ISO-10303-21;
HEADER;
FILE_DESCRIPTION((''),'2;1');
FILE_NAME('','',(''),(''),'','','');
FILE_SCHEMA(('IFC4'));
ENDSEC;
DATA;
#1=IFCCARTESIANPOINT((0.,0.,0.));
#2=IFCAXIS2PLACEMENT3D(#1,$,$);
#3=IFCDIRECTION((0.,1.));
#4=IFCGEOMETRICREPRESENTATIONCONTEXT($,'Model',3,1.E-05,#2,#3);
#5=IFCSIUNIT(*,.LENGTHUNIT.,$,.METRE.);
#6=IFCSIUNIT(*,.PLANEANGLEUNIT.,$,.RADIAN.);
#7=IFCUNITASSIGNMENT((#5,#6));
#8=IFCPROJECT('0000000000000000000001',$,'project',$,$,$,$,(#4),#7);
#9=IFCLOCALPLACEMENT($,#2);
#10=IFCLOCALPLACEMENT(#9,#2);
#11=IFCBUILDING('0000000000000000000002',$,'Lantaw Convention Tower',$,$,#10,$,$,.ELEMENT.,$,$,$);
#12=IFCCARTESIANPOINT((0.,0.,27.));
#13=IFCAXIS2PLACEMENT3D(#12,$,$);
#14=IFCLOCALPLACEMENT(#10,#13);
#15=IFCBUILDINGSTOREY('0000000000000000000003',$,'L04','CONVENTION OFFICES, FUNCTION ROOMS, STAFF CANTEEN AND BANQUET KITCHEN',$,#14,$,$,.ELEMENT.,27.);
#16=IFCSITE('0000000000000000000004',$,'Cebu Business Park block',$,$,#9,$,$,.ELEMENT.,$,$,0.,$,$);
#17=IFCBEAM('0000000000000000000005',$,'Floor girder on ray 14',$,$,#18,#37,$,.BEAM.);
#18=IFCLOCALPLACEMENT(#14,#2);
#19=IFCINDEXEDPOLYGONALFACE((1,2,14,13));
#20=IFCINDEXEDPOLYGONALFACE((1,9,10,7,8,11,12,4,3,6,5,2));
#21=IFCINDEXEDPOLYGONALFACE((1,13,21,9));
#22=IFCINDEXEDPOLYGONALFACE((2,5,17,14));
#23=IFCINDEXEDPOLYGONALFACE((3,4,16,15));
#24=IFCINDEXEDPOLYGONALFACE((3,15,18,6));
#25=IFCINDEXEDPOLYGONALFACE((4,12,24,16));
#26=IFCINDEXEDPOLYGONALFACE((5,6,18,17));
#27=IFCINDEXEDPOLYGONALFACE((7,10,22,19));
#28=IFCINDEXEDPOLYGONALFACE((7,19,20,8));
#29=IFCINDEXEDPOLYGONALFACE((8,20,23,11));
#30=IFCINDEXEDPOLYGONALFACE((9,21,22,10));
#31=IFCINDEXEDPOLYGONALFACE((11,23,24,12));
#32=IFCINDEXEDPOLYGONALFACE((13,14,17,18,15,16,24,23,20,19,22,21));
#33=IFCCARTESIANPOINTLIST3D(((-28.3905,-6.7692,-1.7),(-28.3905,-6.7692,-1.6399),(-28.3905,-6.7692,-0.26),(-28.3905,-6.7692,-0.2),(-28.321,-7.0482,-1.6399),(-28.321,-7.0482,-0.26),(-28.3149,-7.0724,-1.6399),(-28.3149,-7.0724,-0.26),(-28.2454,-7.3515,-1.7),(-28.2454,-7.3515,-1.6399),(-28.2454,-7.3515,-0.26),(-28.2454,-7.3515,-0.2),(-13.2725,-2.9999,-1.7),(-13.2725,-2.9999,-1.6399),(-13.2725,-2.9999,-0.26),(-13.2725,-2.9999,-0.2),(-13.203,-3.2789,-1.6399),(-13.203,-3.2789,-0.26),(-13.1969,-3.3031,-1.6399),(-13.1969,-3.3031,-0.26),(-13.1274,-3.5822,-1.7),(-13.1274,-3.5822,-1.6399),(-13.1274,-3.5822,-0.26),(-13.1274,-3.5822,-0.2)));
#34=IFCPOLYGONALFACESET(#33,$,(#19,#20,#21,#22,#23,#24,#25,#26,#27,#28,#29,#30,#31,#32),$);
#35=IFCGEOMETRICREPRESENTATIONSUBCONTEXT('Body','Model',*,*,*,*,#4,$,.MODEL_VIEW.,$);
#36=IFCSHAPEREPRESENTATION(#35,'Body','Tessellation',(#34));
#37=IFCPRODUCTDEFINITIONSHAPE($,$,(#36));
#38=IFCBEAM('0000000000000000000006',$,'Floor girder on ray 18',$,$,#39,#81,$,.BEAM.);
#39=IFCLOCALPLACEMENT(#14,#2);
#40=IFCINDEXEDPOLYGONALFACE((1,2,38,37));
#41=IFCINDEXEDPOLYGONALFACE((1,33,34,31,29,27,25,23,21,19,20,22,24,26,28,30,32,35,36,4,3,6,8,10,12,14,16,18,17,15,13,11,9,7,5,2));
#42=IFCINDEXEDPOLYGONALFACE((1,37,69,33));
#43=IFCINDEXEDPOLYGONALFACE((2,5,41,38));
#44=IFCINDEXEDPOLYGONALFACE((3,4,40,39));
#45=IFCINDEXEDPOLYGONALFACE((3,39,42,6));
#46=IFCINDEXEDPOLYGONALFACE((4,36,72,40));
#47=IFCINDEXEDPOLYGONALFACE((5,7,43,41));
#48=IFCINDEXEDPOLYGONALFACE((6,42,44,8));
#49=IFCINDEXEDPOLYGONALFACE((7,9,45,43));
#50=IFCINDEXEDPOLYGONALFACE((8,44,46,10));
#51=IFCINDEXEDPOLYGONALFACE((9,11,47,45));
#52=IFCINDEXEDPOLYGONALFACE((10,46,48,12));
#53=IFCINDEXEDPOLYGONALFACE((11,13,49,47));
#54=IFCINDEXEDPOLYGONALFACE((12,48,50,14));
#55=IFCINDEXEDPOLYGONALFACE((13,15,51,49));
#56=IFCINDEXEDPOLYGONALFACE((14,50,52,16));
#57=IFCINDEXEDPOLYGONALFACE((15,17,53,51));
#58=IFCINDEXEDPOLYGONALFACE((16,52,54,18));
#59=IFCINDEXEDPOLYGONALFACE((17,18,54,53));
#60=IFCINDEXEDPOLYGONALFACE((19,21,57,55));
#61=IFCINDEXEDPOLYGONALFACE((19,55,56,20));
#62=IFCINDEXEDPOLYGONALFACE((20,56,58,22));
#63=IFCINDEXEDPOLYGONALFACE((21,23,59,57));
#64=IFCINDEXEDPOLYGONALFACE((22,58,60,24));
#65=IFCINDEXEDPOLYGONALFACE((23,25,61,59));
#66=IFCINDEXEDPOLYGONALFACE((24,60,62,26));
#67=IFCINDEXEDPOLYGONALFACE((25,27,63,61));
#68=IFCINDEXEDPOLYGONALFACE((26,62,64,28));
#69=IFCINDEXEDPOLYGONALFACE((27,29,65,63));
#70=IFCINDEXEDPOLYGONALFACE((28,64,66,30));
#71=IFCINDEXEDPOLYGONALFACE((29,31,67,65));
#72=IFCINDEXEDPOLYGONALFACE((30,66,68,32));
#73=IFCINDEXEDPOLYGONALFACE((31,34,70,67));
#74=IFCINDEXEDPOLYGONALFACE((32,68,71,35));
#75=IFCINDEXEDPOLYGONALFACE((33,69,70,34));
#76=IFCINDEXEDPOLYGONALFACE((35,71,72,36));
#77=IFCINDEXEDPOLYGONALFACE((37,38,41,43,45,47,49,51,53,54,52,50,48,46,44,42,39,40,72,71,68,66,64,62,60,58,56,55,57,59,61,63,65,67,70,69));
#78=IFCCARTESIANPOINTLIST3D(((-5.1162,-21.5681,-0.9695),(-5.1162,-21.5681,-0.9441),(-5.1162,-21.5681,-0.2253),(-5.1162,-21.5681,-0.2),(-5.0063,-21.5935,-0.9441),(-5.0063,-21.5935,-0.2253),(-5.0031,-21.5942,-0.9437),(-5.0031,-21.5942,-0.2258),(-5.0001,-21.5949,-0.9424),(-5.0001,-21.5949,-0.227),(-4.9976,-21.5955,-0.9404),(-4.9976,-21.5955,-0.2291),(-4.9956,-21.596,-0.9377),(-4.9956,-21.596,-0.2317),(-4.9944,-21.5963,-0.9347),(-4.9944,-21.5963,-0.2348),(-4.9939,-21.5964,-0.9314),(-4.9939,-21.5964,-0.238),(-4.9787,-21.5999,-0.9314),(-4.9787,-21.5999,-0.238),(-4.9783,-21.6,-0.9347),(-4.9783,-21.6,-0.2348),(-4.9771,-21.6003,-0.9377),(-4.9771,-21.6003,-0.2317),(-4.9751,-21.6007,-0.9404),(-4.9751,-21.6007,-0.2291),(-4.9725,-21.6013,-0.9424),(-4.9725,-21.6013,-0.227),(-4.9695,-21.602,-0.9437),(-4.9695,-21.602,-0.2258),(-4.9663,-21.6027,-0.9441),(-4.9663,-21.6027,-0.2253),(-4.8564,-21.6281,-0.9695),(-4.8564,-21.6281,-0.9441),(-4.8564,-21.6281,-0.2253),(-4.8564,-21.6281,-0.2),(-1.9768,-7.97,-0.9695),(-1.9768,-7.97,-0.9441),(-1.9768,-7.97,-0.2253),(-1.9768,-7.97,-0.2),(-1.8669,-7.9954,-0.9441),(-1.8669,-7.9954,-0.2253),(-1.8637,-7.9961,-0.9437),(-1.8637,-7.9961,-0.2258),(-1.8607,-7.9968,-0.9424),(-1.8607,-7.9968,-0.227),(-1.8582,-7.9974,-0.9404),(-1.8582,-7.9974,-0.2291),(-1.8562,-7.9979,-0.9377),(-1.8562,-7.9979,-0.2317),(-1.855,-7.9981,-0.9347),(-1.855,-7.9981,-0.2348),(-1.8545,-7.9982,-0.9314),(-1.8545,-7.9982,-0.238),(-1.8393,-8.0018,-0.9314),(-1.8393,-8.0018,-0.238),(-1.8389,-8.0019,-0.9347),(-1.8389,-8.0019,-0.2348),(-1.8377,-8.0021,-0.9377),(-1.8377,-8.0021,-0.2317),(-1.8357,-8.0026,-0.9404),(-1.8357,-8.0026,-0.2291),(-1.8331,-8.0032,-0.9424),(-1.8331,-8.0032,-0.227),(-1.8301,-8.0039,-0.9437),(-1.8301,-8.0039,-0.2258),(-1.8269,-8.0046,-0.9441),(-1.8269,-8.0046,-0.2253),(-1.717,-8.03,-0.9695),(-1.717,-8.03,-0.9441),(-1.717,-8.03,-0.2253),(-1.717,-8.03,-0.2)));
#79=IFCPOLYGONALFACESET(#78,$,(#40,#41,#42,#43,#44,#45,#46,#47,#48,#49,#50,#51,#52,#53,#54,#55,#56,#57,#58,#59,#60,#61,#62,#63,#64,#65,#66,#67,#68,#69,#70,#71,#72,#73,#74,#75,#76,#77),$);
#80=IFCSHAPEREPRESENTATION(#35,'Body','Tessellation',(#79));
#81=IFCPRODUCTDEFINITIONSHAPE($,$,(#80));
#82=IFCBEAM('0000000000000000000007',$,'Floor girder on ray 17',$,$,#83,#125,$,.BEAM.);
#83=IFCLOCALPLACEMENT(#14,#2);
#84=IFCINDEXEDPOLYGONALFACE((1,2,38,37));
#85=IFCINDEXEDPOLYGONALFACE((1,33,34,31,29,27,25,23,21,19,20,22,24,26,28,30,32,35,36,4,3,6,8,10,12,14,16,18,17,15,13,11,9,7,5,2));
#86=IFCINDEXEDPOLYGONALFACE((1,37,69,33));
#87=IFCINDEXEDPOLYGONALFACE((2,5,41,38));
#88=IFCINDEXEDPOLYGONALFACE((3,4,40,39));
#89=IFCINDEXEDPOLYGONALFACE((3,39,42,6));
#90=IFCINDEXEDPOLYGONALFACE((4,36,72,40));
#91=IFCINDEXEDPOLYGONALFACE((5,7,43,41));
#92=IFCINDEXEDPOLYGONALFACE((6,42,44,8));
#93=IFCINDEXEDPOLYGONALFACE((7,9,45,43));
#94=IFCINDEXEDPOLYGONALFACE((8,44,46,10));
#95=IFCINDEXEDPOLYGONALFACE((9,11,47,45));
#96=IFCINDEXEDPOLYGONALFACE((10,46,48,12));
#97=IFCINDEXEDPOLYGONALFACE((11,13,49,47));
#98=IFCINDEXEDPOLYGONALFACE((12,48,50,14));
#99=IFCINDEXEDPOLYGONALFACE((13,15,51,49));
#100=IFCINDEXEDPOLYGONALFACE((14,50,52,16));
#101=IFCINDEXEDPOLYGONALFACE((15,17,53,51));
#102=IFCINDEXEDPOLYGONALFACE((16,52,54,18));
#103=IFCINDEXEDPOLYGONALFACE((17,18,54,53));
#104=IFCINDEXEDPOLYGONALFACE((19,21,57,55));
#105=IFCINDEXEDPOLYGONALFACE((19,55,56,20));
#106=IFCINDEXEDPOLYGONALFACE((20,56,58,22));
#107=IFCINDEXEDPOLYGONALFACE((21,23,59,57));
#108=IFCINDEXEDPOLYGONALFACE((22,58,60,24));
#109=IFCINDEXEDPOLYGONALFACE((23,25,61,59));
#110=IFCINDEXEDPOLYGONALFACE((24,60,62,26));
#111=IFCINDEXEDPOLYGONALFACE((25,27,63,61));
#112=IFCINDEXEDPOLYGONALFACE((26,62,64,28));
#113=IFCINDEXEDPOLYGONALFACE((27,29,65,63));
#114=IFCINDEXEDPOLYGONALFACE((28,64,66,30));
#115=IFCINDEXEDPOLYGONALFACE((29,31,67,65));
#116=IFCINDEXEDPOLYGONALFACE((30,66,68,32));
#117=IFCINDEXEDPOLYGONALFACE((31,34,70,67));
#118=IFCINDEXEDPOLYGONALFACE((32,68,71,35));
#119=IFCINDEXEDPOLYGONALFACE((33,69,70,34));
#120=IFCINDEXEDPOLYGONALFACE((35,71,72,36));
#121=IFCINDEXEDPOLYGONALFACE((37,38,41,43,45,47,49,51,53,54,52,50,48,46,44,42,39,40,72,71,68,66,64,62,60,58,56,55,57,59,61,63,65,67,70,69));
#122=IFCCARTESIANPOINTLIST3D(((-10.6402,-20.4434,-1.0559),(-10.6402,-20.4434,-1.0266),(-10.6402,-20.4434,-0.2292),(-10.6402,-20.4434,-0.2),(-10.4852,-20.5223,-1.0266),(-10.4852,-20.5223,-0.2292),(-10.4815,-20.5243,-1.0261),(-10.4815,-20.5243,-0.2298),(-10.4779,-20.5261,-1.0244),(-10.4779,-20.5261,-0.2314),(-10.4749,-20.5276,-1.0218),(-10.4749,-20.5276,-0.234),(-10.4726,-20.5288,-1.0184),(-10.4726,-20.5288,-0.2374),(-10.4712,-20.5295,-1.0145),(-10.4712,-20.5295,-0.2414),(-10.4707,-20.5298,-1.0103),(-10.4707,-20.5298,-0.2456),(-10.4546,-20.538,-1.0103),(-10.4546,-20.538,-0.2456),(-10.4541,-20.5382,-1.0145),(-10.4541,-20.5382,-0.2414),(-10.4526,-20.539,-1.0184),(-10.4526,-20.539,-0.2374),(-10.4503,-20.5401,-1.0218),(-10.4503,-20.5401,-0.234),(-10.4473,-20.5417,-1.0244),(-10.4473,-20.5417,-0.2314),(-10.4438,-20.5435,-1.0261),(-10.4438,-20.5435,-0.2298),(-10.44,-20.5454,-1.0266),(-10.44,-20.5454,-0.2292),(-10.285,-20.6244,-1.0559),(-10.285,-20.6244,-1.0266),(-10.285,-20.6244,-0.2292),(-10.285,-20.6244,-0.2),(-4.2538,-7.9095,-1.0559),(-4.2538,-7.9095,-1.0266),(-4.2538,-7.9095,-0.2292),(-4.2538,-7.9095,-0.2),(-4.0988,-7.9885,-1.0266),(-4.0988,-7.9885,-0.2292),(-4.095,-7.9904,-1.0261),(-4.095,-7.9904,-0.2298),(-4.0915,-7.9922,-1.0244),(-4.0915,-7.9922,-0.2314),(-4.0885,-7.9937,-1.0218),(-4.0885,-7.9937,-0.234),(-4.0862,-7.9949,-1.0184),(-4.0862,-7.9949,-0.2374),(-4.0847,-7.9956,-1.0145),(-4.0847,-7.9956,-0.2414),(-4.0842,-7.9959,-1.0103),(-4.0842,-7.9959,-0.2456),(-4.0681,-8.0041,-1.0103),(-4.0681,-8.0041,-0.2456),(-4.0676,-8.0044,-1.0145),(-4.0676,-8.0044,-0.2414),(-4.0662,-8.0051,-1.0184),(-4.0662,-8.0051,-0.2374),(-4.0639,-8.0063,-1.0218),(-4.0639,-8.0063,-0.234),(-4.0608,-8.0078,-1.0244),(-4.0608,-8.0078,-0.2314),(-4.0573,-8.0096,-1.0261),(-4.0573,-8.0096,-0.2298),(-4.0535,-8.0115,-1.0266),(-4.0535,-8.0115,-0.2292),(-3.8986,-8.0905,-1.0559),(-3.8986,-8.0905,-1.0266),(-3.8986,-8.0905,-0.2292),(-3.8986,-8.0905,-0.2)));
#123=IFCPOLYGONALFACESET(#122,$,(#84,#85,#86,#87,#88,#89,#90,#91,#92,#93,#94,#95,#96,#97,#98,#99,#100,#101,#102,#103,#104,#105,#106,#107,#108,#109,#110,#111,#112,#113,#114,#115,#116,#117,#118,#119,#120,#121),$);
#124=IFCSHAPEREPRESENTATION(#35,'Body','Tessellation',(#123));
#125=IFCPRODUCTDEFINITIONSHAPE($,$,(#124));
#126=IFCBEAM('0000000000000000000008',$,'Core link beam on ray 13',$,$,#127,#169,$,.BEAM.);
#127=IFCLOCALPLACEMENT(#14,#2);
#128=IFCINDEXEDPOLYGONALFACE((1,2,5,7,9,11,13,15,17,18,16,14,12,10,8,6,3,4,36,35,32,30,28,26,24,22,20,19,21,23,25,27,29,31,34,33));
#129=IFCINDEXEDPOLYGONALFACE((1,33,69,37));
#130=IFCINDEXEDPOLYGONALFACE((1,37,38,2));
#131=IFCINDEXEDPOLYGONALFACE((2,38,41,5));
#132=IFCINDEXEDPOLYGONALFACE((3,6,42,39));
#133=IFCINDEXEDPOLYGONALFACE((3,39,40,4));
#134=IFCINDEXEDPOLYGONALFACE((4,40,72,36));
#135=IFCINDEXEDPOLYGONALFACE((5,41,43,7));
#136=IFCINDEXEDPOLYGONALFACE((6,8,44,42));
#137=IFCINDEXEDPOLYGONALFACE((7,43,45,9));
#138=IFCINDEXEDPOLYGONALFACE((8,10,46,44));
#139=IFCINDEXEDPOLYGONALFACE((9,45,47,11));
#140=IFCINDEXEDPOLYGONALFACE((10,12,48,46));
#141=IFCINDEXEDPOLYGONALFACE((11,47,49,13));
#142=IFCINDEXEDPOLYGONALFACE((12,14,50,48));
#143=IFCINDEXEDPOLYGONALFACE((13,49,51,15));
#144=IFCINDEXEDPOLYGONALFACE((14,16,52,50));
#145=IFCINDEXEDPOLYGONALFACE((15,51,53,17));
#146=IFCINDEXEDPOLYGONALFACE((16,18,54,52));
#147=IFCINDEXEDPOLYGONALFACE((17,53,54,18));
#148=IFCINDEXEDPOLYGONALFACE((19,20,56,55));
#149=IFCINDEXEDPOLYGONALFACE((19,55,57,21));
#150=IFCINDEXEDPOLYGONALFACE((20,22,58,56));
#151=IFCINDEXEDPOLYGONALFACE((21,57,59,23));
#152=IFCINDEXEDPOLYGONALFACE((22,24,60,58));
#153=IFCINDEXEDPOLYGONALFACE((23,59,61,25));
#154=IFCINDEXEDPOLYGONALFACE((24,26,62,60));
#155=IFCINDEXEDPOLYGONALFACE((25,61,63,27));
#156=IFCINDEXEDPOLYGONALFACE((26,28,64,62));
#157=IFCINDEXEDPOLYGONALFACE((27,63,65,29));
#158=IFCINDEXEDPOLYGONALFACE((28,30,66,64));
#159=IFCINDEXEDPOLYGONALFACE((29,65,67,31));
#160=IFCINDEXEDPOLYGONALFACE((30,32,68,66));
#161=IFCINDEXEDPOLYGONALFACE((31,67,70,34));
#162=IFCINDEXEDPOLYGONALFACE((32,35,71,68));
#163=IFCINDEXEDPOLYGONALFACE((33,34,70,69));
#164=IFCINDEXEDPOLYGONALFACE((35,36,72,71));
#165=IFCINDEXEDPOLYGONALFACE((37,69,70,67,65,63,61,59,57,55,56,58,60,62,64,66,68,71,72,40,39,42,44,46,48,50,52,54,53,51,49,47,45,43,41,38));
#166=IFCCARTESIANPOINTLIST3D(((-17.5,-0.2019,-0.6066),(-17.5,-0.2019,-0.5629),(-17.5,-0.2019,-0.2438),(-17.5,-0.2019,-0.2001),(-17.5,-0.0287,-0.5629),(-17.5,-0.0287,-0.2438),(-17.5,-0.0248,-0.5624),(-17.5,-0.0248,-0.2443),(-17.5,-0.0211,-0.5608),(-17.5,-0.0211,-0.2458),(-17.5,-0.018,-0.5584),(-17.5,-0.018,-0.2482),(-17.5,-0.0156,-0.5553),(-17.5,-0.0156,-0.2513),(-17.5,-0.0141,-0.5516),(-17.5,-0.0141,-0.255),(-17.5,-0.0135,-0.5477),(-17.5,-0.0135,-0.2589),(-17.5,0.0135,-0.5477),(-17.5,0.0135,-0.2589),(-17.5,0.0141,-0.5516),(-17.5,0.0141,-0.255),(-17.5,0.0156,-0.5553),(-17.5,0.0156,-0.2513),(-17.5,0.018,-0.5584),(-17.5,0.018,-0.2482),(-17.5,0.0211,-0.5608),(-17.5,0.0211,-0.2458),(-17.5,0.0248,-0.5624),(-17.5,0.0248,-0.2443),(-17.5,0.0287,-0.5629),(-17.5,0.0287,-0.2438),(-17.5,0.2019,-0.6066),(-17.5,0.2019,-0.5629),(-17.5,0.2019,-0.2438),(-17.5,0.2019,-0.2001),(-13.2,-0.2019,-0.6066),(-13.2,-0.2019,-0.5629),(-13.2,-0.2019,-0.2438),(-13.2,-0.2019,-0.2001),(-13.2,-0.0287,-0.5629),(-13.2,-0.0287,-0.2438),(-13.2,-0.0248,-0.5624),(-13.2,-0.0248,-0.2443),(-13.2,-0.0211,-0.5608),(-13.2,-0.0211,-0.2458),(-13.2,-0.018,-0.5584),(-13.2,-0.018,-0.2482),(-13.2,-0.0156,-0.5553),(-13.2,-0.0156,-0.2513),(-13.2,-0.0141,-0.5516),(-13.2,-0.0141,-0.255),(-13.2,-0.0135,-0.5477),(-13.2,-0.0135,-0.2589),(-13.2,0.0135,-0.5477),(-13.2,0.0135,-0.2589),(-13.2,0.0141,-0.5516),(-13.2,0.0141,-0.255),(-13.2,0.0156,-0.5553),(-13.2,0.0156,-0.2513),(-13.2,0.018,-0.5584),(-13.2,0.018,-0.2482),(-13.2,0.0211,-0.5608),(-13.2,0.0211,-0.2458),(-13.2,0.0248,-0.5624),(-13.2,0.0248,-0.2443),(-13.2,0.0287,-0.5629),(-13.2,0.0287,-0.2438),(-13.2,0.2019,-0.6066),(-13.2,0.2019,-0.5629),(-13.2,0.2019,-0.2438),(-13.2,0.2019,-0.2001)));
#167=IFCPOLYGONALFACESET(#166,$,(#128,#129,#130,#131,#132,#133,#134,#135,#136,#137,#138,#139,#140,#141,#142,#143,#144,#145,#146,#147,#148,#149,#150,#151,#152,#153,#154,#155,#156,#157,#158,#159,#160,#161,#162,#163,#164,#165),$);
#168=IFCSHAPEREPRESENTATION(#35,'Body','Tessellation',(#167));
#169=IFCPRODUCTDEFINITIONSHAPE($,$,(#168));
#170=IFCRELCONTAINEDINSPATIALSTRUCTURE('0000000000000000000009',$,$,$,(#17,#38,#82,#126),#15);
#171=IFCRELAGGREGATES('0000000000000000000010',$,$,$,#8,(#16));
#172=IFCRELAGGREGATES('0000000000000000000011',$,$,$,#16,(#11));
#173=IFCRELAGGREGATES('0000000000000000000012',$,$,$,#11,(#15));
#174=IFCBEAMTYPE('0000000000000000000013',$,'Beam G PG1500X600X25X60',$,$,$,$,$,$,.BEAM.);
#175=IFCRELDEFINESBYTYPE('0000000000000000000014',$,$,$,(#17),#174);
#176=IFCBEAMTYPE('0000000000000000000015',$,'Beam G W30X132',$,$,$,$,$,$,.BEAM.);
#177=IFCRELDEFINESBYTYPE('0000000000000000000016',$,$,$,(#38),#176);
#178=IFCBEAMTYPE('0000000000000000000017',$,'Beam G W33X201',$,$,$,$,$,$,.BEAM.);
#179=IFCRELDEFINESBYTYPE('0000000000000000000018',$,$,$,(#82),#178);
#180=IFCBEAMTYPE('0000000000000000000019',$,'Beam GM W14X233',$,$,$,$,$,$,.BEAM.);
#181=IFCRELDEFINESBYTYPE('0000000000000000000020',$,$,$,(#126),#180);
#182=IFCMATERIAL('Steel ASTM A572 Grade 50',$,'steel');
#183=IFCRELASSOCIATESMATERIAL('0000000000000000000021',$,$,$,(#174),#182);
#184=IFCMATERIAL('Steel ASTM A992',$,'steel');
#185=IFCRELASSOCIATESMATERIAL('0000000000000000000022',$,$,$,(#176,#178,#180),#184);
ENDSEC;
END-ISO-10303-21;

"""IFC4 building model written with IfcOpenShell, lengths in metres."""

from ifc_helpers import new_model, si_unit, direction, frame, origin, origin_2d, place, context, subcontext, project, spatial, i_section, extrude, material, material_profile, profile_set, type_object, element, save


model = new_model("IFC4")

# Units and contexts
model_context = context("Model", 3, precision=1e-05, world=origin(), true_north=direction((0.0, 1.0)))
body_context = subcontext(model_context, "Body", "Model", "MODEL_VIEW")
ifc_project = project(units=[si_unit("LENGTHUNIT", "METRE"), si_unit("PLANEANGLEUNIT", "RADIAN")], contexts=[model_context])

# Site, building, storey
site_placement = place(None, origin())
site = spatial("IfcSite", under=ifc_project, at=site_placement, Name="Cebu Business Park block", CompositionType="ELEMENT", RefElevation=0.0)
building_placement = place(site_placement, origin())
building = spatial("IfcBuilding", under=site, at=building_placement, Name="Lantaw Convention Tower", CompositionType="ELEMENT")
storey_placement = place(building_placement, frame((0.0, 0.0, 27.0)))
storey = spatial("IfcBuildingStorey", under=building, at=storey_placement, Name="L04", Description="CONVENTION OFFICES, FUNCTION ROOMS, STAFF CANTEEN AND BANQUET KITCHEN", CompositionType="ELEMENT", Elevation=27.0)

# Beams
ifc_material_1 = material(Name="Steel ASTM A572 Grade 50", Category="steel")
ifc_material_profile_1 = material_profile(ifc_material_1, i_section(OverallWidth=0.6001, OverallDepth=1.5, WebThickness=0.0249, FlangeThickness=0.0601, at=origin_2d()), Name="PG1500X600X25X60")
ifc_profile_set_1 = profile_set([ifc_material_profile_1], Name="Steel ASTM A572 Grade 50")
beam_type_1 = type_object("IfcBeamType", Name="Beam G PG1500X600X25X60", PredefinedType="BEAM", material=ifc_profile_set_1)
beam_1_placement = place(storey_placement, frame((-13.2, -3.291, -0.95), z_axis=(-0.970296, -0.24192, 0.0), x_axis=(0.24192, -0.970296, 0.0)))
element("IfcBeam", 1, at=beam_1_placement, inside=storey, type_object=beam_type_1, Name="Floor girder on ray 14", PredefinedType="BEAM", context=body_context, shape_type="SweptSolid", body=[
    extrude(i_section(OverallWidth=0.6001, OverallDepth=1.5, WebThickness=0.0249, FlangeThickness=0.0601, at=origin_2d()), origin(), (0.0, 0.0, 1.0), 15.5808),
])
ifc_material_2 = material(Name="Steel ASTM A992", Category="steel")
ifc_material_profile_2 = material_profile(ifc_material_2, i_section(OverallWidth=0.2666, OverallDepth=0.7695, WebThickness=0.0156, FlangeThickness=0.0254, FilletRadius=0.0127, at=origin_2d()), Name="W30X132")
ifc_profile_set_2 = profile_set([ifc_material_profile_2], Name="Steel ASTM A992")
beam_type_2 = type_object("IfcBeamType", Name="Beam G W30X132", PredefinedType="BEAM", material=ifc_profile_set_2)
beam_2_placement = place(storey_placement, frame((-1.8469, -8.0, -0.5847), z_axis=(-0.224953, -0.97437, 0.0), x_axis=(0.97437, -0.224953, 0.0)))
element("IfcBeam", 2, at=beam_2_placement, inside=storey, type_object=beam_type_2, Name="Floor girder on ray 18", PredefinedType="BEAM", context=body_context, shape_type="SweptSolid", body=[
    extrude(i_section(OverallWidth=0.2666, OverallDepth=0.7695, WebThickness=0.0156, FlangeThickness=0.0254, FilletRadius=0.0127, at=origin_2d()), origin(), (0.0, 0.0, 1.0), 13.9558),
])
ifc_material_profile_3 = material_profile(ifc_material_2, i_section(OverallWidth=0.3987, OverallDepth=0.856, WebThickness=0.0181, FlangeThickness=0.0293, FilletRadius=0.0164, at=origin_2d()), Name="W33X201")
ifc_profile_set_3 = profile_set([ifc_material_profile_3], Name="Steel ASTM A992")
beam_type_3 = type_object("IfcBeamType", Name="Beam G W33X201", PredefinedType="BEAM", material=ifc_profile_set_3)
beam_3_placement = place(storey_placement, frame((-4.0762, -8.0, -0.6279), z_axis=(-0.453997, -0.891003, 0.0), x_axis=(0.891003, -0.453997, 0.0)))
element("IfcBeam", 3, at=beam_3_placement, inside=storey, type_object=beam_type_3, Name="Floor girder on ray 17", PredefinedType="BEAM", context=body_context, shape_type="SweptSolid", body=[
    extrude(i_section(OverallWidth=0.3987, OverallDepth=0.856, WebThickness=0.0181, FlangeThickness=0.0293, FilletRadius=0.0164, at=origin_2d()), origin(), (0.0, 0.0, 1.0), 14.0671),
])
ifc_material_profile_4 = material_profile(ifc_material_2, i_section(OverallWidth=0.4038, OverallDepth=0.4065, WebThickness=0.0271, FlangeThickness=0.0437, FilletRadius=0.0151, at=origin_2d()), Name="W14X233")
ifc_profile_set_4 = profile_set([ifc_material_profile_4], Name="Steel ASTM A992")
beam_type_4 = type_object("IfcBeamType", Name="Beam GM W14X233", PredefinedType="BEAM", material=ifc_profile_set_4)
beam_4_placement = place(storey_placement, frame((-13.2, 0.0, -0.4033), z_axis=(-1.0, 0.0, 0.0), x_axis=(0.0, -1.0, 0.0)))
element("IfcBeam", 4, at=beam_4_placement, inside=storey, type_object=beam_type_4, Name="Core link beam on ray 13", PredefinedType="BEAM", context=body_context, shape_type="SweptSolid", body=[
    extrude(i_section(OverallWidth=0.4038, OverallDepth=0.4065, WebThickness=0.0271, FlangeThickness=0.0437, FilletRadius=0.0151, at=origin_2d()), origin(), (0.0, 0.0, 1.0), 4.3),
])

save(model, "model.ifc")
